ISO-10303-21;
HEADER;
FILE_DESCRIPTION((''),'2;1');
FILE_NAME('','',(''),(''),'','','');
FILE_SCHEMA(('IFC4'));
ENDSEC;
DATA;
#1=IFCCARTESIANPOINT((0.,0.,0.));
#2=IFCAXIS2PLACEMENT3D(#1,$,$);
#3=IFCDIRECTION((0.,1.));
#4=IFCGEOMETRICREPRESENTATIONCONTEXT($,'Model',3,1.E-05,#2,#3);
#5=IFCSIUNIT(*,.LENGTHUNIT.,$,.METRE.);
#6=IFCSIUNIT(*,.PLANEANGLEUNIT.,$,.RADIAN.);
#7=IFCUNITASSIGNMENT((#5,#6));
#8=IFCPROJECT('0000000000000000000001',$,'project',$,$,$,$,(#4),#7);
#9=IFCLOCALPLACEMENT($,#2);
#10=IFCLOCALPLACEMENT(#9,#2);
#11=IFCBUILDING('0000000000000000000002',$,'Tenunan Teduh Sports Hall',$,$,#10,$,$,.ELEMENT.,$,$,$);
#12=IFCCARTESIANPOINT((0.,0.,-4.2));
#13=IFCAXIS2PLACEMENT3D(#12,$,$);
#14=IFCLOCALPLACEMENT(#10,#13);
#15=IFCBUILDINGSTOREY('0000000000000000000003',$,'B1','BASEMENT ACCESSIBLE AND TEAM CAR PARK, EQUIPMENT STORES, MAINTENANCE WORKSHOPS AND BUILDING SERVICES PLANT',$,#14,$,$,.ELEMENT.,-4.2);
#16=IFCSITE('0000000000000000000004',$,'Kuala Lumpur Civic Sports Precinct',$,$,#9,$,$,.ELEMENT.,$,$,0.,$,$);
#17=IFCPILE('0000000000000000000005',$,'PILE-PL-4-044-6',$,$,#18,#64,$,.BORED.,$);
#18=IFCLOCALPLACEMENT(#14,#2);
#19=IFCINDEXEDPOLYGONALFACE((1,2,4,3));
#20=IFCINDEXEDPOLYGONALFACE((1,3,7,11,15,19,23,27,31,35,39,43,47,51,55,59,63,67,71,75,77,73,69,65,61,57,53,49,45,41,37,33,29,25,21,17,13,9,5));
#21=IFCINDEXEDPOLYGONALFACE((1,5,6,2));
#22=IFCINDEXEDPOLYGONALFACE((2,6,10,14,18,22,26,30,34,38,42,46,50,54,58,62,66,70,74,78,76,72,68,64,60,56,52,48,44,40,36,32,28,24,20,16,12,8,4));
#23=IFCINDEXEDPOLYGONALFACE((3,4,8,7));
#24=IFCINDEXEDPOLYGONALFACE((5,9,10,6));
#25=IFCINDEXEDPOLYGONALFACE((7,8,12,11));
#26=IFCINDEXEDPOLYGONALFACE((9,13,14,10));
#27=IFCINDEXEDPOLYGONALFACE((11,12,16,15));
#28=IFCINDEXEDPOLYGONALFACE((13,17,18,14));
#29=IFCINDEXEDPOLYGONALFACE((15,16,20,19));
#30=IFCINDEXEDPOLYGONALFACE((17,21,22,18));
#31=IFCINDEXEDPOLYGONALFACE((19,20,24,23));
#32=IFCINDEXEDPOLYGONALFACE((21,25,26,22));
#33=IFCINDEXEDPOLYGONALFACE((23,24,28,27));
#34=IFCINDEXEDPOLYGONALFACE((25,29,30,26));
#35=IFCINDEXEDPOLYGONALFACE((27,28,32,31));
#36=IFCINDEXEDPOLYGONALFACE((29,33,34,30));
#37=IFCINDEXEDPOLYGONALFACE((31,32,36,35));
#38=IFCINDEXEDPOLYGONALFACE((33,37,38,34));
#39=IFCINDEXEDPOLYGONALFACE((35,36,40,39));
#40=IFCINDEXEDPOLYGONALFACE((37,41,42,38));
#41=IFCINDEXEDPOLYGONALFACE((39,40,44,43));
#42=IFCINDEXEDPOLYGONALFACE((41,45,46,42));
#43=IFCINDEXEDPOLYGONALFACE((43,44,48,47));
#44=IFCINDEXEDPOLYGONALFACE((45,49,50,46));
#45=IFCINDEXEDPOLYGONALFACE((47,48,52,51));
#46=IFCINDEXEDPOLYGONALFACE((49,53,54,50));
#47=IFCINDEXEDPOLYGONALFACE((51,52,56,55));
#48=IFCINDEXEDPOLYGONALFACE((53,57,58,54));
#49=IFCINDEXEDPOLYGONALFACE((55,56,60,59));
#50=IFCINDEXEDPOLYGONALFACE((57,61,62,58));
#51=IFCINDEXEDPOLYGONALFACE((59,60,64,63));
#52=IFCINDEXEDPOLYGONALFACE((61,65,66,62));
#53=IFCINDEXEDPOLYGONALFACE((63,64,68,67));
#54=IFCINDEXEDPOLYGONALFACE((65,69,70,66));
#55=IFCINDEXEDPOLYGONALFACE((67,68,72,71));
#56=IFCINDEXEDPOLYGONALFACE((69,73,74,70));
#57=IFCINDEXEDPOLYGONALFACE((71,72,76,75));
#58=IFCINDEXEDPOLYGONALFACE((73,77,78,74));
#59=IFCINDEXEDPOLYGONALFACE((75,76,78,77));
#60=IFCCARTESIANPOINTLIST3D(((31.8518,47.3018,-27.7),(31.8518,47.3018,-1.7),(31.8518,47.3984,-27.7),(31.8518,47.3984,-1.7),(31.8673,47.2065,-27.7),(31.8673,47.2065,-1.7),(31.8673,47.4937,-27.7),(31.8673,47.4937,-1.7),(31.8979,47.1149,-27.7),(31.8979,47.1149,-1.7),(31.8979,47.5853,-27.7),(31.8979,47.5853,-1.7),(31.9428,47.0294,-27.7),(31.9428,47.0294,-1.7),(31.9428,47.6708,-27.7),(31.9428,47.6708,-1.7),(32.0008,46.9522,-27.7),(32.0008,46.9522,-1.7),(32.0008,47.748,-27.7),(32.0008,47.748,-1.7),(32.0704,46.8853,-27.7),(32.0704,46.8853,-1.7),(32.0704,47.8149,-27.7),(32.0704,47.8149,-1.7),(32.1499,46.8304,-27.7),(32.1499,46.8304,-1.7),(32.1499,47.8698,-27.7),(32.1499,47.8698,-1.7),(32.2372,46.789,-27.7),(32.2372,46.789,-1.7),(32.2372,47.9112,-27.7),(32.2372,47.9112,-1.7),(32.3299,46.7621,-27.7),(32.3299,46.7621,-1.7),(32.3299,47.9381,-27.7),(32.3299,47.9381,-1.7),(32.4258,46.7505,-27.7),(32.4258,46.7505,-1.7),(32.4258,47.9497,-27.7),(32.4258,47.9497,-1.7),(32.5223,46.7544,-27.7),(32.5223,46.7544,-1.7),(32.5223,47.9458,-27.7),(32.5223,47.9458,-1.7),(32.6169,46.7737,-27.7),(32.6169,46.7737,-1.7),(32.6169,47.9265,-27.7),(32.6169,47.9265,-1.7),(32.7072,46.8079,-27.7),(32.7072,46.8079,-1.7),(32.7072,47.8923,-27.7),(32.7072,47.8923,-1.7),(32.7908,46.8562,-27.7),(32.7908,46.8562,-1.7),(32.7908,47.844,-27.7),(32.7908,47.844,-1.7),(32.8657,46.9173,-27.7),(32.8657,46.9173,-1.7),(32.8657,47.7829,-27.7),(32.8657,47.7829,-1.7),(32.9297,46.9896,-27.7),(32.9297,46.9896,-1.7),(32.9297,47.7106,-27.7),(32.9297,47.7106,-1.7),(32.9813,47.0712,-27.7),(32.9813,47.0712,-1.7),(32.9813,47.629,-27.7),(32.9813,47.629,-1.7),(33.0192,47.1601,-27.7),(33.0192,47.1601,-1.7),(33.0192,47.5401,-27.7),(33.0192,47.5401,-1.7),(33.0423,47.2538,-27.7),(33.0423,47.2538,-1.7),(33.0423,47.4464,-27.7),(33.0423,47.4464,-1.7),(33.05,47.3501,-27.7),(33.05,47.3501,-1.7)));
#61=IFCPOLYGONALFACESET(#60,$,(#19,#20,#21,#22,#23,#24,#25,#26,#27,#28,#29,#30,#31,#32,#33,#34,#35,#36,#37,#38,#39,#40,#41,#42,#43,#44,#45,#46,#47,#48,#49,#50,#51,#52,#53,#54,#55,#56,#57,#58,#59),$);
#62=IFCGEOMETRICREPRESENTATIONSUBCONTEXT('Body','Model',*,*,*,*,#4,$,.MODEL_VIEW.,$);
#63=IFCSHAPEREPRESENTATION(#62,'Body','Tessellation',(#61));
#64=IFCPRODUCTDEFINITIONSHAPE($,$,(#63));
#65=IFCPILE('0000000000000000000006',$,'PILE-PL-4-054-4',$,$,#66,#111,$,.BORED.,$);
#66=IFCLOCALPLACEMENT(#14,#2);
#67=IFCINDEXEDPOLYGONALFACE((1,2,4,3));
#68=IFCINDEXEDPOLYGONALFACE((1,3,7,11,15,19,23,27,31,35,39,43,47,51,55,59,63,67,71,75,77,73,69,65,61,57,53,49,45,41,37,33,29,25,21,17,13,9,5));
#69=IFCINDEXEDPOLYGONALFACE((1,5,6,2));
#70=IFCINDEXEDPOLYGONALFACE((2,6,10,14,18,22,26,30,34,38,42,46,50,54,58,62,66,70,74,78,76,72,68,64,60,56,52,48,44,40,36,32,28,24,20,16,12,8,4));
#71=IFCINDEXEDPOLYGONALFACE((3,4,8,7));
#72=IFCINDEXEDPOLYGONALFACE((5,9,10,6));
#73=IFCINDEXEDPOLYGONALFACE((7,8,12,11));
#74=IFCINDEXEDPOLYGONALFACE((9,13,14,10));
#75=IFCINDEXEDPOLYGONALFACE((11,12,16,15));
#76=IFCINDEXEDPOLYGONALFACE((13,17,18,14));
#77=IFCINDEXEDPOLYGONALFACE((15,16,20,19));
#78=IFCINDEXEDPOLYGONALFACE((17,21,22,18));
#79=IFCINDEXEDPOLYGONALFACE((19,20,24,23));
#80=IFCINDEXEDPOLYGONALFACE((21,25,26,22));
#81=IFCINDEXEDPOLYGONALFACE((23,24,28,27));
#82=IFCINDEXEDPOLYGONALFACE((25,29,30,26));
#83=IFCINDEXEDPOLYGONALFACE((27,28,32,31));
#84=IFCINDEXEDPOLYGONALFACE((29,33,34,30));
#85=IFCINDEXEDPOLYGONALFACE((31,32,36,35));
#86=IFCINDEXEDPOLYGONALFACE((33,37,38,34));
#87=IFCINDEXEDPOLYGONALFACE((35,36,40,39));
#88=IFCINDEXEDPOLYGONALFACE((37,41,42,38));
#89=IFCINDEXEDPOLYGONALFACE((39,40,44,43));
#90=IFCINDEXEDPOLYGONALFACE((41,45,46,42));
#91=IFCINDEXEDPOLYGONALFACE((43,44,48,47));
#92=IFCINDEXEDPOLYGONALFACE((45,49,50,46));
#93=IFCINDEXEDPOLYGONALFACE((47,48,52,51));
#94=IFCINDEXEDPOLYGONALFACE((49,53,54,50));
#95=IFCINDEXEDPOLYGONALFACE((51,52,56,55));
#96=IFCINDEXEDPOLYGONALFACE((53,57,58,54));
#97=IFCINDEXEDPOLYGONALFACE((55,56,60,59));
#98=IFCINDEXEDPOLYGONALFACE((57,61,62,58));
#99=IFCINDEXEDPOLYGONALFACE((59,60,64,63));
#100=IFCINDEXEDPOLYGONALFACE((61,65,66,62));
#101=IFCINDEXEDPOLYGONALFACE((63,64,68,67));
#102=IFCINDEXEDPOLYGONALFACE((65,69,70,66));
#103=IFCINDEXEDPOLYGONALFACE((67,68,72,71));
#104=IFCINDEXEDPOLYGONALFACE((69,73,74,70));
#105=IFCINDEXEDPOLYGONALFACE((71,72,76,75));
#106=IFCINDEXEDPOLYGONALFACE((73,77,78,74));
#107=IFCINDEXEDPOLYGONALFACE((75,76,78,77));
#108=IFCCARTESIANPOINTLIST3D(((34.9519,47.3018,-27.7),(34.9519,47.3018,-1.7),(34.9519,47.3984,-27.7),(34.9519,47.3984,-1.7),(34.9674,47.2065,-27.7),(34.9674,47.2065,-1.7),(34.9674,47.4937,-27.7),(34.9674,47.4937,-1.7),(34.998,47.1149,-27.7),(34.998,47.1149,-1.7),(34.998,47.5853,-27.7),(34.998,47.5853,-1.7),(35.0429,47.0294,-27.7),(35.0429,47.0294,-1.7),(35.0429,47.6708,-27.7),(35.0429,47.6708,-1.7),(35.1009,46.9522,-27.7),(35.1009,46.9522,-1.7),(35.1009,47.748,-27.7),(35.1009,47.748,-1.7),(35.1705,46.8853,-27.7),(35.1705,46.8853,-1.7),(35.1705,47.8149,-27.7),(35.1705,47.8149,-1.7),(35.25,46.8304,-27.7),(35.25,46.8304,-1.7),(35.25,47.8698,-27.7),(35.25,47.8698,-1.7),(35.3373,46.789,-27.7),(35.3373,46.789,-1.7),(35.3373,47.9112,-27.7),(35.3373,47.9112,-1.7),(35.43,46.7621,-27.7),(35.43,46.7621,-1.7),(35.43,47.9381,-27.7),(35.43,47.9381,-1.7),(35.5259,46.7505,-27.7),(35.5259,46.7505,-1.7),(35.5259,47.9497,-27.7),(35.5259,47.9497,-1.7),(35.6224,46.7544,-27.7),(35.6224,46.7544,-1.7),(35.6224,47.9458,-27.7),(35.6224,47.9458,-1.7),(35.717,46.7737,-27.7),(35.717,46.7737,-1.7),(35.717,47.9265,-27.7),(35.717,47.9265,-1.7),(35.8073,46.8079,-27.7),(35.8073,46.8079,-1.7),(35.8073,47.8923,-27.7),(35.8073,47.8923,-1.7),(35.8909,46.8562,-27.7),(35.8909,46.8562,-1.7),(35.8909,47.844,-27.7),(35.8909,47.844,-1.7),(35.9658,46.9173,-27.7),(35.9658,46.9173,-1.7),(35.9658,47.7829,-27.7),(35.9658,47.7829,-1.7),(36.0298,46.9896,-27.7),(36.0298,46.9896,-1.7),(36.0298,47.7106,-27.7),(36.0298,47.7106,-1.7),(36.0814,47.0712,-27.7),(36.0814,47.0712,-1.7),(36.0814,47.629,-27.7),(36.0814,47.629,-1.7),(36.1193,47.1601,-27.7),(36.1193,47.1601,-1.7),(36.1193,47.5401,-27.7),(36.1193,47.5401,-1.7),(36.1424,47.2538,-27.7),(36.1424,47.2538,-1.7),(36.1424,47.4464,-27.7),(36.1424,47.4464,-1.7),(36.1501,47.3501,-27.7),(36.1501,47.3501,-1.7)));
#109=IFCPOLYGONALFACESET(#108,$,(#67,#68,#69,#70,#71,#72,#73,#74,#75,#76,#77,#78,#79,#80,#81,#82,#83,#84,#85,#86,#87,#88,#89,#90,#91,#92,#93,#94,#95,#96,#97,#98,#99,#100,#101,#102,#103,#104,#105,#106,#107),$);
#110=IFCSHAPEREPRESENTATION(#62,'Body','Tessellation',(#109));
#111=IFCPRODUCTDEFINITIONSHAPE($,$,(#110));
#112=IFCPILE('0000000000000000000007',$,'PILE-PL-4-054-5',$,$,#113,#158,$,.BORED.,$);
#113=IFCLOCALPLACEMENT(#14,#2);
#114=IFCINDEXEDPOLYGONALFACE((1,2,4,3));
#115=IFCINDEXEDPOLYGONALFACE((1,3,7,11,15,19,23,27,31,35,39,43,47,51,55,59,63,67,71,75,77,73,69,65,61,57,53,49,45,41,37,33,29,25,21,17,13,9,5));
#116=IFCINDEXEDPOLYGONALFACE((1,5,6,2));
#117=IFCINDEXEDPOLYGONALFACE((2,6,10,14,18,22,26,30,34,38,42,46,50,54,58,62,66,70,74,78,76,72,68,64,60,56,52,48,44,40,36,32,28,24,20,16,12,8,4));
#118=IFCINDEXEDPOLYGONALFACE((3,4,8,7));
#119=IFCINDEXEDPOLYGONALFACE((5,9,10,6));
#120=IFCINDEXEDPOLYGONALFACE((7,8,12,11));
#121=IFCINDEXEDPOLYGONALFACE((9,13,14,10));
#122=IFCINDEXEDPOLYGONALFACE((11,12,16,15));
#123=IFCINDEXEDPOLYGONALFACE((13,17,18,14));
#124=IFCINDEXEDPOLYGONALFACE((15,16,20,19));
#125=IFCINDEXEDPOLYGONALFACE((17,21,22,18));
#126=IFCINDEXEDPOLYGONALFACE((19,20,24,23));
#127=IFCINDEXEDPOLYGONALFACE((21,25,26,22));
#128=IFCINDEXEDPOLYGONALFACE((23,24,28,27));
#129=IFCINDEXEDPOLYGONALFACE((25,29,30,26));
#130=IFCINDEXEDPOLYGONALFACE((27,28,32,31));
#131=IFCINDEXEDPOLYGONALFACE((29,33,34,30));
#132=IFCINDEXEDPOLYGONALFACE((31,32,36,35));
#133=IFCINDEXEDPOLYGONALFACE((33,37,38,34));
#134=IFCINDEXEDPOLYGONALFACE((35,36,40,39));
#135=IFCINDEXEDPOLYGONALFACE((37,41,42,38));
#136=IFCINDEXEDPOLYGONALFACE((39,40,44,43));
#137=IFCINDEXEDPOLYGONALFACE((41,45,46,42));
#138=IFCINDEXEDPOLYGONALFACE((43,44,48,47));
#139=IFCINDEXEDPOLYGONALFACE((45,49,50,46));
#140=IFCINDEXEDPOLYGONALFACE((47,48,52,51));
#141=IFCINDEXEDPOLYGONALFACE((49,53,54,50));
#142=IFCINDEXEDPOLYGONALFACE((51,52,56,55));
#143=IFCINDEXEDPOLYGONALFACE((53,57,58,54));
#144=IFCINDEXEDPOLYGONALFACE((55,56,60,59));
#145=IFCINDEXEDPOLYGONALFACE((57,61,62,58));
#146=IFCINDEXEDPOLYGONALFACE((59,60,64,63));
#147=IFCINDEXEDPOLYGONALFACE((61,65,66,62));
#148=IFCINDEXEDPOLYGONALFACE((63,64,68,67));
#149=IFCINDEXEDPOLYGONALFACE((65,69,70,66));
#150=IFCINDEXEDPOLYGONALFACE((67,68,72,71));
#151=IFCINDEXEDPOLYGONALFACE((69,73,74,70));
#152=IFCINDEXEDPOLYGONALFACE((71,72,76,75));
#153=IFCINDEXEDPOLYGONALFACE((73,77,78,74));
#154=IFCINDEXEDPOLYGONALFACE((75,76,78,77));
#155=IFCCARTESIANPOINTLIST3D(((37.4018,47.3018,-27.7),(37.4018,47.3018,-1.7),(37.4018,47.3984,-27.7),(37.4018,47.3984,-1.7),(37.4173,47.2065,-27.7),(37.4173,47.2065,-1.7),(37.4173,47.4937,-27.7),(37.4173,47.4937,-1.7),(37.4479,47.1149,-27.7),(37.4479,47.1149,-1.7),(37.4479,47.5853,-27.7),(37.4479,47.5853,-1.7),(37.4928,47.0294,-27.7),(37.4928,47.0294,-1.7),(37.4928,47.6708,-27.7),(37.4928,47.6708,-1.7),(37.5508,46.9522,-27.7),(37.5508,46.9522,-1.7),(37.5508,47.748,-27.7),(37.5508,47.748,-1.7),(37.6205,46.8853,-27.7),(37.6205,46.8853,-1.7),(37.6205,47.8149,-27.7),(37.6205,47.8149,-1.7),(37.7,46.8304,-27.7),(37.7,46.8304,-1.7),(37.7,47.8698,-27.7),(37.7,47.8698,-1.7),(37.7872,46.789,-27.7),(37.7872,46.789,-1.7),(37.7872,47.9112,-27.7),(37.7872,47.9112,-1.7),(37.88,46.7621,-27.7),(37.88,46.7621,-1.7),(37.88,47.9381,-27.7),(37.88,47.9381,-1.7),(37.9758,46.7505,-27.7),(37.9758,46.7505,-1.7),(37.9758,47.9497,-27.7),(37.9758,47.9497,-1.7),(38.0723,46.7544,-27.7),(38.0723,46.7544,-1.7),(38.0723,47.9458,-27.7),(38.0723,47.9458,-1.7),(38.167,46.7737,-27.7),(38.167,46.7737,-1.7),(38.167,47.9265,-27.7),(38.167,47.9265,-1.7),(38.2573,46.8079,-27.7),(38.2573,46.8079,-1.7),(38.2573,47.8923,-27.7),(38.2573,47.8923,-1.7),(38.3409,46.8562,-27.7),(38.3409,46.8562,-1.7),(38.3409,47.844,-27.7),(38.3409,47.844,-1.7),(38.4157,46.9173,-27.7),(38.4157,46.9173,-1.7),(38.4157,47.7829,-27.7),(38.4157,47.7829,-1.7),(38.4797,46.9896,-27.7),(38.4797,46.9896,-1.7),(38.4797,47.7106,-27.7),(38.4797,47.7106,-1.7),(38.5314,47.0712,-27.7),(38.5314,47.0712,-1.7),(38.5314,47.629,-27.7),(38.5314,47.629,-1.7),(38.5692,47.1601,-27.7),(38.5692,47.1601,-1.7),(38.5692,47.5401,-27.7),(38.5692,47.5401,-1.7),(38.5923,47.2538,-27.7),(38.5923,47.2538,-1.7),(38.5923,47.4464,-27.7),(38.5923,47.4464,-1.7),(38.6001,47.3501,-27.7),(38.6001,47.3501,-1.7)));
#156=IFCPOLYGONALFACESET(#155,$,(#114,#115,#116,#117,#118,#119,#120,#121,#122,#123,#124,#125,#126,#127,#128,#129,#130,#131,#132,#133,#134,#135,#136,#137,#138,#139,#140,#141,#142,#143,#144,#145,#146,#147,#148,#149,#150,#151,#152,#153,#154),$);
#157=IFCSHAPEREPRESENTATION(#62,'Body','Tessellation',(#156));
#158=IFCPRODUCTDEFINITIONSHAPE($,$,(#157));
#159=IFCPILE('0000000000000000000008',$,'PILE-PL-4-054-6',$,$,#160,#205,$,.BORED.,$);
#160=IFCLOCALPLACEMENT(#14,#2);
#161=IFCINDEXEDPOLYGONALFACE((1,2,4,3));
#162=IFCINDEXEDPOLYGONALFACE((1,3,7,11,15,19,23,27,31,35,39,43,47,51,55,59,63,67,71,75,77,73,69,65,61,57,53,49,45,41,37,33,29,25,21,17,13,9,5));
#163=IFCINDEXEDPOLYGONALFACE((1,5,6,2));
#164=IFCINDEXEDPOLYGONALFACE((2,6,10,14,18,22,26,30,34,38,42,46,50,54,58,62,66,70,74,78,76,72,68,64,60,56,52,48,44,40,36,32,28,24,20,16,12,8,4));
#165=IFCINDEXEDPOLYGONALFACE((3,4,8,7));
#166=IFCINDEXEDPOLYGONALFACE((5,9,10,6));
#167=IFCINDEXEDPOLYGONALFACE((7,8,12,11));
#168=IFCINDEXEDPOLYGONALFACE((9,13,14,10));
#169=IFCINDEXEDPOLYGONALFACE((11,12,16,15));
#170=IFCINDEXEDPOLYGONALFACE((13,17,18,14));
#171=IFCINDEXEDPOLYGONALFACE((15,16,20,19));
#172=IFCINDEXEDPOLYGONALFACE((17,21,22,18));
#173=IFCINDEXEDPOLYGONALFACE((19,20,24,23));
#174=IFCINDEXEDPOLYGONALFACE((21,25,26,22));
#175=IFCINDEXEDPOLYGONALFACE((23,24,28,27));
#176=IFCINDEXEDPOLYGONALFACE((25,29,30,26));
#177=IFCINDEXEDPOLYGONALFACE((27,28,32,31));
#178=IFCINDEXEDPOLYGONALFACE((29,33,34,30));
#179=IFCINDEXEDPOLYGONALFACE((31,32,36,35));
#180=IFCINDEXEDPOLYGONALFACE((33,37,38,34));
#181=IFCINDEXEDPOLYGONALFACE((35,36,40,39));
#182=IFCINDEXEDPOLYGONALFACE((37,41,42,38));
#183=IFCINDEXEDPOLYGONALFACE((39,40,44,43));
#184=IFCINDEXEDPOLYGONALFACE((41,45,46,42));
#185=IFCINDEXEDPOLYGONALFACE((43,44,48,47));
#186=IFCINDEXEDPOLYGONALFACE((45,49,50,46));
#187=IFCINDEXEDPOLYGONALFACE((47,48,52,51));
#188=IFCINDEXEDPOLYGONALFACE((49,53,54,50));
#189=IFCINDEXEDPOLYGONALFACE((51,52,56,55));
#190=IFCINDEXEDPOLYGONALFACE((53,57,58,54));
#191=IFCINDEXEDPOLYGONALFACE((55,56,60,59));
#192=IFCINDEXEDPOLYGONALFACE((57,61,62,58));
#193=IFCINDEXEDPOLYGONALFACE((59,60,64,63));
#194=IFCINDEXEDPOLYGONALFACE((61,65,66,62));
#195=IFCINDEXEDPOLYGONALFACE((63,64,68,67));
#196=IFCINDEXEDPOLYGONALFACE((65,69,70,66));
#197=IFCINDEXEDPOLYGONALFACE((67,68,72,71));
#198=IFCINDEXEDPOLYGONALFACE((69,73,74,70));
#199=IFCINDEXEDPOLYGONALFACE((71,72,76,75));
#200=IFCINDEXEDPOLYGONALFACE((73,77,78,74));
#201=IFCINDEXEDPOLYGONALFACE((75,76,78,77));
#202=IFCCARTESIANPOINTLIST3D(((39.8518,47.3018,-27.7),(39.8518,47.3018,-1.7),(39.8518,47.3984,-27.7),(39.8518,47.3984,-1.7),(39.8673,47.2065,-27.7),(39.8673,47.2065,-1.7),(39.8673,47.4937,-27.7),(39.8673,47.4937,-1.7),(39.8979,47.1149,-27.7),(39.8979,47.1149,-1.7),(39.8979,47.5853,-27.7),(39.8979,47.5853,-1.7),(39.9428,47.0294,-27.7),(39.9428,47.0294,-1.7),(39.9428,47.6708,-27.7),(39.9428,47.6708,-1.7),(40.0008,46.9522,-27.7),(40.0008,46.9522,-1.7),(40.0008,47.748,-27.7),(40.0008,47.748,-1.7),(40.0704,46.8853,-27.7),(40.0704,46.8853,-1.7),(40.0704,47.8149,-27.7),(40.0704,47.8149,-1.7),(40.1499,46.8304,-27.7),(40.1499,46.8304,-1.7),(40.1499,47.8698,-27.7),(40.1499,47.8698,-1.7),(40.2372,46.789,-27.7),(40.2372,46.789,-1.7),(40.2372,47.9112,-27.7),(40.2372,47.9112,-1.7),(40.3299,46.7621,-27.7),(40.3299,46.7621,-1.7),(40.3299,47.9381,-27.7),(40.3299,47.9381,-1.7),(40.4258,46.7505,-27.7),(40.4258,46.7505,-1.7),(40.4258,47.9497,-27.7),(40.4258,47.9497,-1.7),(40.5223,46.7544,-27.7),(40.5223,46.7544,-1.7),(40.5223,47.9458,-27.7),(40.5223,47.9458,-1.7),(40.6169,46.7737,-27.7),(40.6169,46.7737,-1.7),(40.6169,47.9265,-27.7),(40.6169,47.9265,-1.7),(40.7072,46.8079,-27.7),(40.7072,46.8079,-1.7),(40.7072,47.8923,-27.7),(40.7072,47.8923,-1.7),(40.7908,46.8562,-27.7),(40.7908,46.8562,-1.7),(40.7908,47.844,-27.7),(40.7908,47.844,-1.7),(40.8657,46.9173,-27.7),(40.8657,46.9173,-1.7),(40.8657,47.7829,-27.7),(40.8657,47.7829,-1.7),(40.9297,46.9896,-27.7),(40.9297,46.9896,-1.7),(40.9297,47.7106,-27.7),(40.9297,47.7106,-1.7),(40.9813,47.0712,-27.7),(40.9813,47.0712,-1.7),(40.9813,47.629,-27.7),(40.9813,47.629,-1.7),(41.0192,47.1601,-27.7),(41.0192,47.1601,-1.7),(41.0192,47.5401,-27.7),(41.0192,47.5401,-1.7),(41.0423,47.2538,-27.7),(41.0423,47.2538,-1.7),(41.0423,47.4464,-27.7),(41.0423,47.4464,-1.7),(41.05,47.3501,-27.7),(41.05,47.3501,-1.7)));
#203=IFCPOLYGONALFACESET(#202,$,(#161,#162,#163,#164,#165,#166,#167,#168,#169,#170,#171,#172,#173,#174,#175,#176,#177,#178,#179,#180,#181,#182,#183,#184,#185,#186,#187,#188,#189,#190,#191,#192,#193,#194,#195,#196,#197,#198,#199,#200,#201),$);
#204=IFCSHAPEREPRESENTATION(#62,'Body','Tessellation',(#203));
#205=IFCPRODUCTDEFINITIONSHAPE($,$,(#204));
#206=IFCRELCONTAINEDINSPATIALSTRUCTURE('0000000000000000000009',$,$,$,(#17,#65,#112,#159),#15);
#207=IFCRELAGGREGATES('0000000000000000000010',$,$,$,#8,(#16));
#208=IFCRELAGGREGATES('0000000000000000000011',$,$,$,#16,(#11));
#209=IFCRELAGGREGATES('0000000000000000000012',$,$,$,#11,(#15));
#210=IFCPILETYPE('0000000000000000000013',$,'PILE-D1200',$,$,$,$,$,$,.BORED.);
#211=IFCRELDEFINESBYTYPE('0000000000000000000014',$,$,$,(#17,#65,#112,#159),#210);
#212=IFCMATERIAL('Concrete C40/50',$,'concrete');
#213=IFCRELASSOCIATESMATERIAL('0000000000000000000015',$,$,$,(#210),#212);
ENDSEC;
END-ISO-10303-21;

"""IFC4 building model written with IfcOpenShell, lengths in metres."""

from ifc_helpers import new_model, si_unit, direction, frame, origin, origin_2d, place, context, subcontext, project, spatial, circle, extrude, material, material_profile, profile_set, type_object, element, save


model = new_model("IFC4")

# Units and contexts
model_context = context("Model", 3, precision=1e-05, world=origin(), true_north=direction((0.0, 1.0)))
body_context = subcontext(model_context, "Body", "Model", "MODEL_VIEW")
ifc_project = project(units=[si_unit("LENGTHUNIT", "METRE"), si_unit("PLANEANGLEUNIT", "RADIAN")], contexts=[model_context])

# Site, building, storey
site_placement = place(None, origin())
site = spatial("IfcSite", under=ifc_project, at=site_placement, Name="Kuala Lumpur Civic Sports Precinct", CompositionType="ELEMENT", RefElevation=0.0)
building_placement = place(site_placement, origin())
building = spatial("IfcBuilding", under=site, at=building_placement, Name="Tenunan Teduh Sports Hall", CompositionType="ELEMENT")
storey_placement = place(building_placement, frame((0.0, 0.0, -4.2)))
storey = spatial("IfcBuildingStorey", under=building, at=storey_placement, Name="B1", Description="BASEMENT ACCESSIBLE AND TEAM CAR PARK, EQUIPMENT STORES, MAINTENANCE WORKSHOPS AND BUILDING SERVICES PLANT", CompositionType="ELEMENT", Elevation=-4.2)

# Piles
ifc_material_1 = material(Name="Concrete C40/50", Category="concrete")
ifc_material_profile_1 = material_profile(ifc_material_1, circle(Radius=0.6001, at=origin_2d()), Name="PILE D1200")
ifc_profile_set_1 = profile_set([ifc_material_profile_1], Name="Concrete C40/50")
pile_type_1 = type_object("IfcPileType", Name="PILE-D1200", PredefinedType="BORED", material=ifc_profile_set_1)
for number, where, z_axis, x_axis, name in (
    (1, (32.45, 47.3501, -1.7), (0.0, 0.0, -1.0), (1.0, 0.0, 0.0), "PILE-PL-4-044-6"),
    (2, (35.55, 47.3501, -1.7), (0.0, 0.0, -1.0), (1.0, 0.0, 0.0), "PILE-PL-4-054-4"),
    (3, (38.0, 47.3501, -1.7), (0.0, 0.0, -1.0), (1.0, 0.0, 0.0), "PILE-PL-4-054-5"),
    (4, (40.45, 47.3501, -1.7), (0.0, 0.0, -1.0), (1.0, 0.0, 0.0), "PILE-PL-4-054-6"),
):
    element("IfcPile", number, at=place(storey_placement, frame(where, z_axis=z_axis, x_axis=x_axis)), inside=storey, type_object=pile_type_1, Name=name, PredefinedType="BORED", context=body_context, shape_type="SweptSolid", body=[
        extrude(circle(Radius=0.6001, at=origin_2d()), origin(), (0.0, 0.0, 1.0), 26.0),
    ])

save(model, "model.ifc")
